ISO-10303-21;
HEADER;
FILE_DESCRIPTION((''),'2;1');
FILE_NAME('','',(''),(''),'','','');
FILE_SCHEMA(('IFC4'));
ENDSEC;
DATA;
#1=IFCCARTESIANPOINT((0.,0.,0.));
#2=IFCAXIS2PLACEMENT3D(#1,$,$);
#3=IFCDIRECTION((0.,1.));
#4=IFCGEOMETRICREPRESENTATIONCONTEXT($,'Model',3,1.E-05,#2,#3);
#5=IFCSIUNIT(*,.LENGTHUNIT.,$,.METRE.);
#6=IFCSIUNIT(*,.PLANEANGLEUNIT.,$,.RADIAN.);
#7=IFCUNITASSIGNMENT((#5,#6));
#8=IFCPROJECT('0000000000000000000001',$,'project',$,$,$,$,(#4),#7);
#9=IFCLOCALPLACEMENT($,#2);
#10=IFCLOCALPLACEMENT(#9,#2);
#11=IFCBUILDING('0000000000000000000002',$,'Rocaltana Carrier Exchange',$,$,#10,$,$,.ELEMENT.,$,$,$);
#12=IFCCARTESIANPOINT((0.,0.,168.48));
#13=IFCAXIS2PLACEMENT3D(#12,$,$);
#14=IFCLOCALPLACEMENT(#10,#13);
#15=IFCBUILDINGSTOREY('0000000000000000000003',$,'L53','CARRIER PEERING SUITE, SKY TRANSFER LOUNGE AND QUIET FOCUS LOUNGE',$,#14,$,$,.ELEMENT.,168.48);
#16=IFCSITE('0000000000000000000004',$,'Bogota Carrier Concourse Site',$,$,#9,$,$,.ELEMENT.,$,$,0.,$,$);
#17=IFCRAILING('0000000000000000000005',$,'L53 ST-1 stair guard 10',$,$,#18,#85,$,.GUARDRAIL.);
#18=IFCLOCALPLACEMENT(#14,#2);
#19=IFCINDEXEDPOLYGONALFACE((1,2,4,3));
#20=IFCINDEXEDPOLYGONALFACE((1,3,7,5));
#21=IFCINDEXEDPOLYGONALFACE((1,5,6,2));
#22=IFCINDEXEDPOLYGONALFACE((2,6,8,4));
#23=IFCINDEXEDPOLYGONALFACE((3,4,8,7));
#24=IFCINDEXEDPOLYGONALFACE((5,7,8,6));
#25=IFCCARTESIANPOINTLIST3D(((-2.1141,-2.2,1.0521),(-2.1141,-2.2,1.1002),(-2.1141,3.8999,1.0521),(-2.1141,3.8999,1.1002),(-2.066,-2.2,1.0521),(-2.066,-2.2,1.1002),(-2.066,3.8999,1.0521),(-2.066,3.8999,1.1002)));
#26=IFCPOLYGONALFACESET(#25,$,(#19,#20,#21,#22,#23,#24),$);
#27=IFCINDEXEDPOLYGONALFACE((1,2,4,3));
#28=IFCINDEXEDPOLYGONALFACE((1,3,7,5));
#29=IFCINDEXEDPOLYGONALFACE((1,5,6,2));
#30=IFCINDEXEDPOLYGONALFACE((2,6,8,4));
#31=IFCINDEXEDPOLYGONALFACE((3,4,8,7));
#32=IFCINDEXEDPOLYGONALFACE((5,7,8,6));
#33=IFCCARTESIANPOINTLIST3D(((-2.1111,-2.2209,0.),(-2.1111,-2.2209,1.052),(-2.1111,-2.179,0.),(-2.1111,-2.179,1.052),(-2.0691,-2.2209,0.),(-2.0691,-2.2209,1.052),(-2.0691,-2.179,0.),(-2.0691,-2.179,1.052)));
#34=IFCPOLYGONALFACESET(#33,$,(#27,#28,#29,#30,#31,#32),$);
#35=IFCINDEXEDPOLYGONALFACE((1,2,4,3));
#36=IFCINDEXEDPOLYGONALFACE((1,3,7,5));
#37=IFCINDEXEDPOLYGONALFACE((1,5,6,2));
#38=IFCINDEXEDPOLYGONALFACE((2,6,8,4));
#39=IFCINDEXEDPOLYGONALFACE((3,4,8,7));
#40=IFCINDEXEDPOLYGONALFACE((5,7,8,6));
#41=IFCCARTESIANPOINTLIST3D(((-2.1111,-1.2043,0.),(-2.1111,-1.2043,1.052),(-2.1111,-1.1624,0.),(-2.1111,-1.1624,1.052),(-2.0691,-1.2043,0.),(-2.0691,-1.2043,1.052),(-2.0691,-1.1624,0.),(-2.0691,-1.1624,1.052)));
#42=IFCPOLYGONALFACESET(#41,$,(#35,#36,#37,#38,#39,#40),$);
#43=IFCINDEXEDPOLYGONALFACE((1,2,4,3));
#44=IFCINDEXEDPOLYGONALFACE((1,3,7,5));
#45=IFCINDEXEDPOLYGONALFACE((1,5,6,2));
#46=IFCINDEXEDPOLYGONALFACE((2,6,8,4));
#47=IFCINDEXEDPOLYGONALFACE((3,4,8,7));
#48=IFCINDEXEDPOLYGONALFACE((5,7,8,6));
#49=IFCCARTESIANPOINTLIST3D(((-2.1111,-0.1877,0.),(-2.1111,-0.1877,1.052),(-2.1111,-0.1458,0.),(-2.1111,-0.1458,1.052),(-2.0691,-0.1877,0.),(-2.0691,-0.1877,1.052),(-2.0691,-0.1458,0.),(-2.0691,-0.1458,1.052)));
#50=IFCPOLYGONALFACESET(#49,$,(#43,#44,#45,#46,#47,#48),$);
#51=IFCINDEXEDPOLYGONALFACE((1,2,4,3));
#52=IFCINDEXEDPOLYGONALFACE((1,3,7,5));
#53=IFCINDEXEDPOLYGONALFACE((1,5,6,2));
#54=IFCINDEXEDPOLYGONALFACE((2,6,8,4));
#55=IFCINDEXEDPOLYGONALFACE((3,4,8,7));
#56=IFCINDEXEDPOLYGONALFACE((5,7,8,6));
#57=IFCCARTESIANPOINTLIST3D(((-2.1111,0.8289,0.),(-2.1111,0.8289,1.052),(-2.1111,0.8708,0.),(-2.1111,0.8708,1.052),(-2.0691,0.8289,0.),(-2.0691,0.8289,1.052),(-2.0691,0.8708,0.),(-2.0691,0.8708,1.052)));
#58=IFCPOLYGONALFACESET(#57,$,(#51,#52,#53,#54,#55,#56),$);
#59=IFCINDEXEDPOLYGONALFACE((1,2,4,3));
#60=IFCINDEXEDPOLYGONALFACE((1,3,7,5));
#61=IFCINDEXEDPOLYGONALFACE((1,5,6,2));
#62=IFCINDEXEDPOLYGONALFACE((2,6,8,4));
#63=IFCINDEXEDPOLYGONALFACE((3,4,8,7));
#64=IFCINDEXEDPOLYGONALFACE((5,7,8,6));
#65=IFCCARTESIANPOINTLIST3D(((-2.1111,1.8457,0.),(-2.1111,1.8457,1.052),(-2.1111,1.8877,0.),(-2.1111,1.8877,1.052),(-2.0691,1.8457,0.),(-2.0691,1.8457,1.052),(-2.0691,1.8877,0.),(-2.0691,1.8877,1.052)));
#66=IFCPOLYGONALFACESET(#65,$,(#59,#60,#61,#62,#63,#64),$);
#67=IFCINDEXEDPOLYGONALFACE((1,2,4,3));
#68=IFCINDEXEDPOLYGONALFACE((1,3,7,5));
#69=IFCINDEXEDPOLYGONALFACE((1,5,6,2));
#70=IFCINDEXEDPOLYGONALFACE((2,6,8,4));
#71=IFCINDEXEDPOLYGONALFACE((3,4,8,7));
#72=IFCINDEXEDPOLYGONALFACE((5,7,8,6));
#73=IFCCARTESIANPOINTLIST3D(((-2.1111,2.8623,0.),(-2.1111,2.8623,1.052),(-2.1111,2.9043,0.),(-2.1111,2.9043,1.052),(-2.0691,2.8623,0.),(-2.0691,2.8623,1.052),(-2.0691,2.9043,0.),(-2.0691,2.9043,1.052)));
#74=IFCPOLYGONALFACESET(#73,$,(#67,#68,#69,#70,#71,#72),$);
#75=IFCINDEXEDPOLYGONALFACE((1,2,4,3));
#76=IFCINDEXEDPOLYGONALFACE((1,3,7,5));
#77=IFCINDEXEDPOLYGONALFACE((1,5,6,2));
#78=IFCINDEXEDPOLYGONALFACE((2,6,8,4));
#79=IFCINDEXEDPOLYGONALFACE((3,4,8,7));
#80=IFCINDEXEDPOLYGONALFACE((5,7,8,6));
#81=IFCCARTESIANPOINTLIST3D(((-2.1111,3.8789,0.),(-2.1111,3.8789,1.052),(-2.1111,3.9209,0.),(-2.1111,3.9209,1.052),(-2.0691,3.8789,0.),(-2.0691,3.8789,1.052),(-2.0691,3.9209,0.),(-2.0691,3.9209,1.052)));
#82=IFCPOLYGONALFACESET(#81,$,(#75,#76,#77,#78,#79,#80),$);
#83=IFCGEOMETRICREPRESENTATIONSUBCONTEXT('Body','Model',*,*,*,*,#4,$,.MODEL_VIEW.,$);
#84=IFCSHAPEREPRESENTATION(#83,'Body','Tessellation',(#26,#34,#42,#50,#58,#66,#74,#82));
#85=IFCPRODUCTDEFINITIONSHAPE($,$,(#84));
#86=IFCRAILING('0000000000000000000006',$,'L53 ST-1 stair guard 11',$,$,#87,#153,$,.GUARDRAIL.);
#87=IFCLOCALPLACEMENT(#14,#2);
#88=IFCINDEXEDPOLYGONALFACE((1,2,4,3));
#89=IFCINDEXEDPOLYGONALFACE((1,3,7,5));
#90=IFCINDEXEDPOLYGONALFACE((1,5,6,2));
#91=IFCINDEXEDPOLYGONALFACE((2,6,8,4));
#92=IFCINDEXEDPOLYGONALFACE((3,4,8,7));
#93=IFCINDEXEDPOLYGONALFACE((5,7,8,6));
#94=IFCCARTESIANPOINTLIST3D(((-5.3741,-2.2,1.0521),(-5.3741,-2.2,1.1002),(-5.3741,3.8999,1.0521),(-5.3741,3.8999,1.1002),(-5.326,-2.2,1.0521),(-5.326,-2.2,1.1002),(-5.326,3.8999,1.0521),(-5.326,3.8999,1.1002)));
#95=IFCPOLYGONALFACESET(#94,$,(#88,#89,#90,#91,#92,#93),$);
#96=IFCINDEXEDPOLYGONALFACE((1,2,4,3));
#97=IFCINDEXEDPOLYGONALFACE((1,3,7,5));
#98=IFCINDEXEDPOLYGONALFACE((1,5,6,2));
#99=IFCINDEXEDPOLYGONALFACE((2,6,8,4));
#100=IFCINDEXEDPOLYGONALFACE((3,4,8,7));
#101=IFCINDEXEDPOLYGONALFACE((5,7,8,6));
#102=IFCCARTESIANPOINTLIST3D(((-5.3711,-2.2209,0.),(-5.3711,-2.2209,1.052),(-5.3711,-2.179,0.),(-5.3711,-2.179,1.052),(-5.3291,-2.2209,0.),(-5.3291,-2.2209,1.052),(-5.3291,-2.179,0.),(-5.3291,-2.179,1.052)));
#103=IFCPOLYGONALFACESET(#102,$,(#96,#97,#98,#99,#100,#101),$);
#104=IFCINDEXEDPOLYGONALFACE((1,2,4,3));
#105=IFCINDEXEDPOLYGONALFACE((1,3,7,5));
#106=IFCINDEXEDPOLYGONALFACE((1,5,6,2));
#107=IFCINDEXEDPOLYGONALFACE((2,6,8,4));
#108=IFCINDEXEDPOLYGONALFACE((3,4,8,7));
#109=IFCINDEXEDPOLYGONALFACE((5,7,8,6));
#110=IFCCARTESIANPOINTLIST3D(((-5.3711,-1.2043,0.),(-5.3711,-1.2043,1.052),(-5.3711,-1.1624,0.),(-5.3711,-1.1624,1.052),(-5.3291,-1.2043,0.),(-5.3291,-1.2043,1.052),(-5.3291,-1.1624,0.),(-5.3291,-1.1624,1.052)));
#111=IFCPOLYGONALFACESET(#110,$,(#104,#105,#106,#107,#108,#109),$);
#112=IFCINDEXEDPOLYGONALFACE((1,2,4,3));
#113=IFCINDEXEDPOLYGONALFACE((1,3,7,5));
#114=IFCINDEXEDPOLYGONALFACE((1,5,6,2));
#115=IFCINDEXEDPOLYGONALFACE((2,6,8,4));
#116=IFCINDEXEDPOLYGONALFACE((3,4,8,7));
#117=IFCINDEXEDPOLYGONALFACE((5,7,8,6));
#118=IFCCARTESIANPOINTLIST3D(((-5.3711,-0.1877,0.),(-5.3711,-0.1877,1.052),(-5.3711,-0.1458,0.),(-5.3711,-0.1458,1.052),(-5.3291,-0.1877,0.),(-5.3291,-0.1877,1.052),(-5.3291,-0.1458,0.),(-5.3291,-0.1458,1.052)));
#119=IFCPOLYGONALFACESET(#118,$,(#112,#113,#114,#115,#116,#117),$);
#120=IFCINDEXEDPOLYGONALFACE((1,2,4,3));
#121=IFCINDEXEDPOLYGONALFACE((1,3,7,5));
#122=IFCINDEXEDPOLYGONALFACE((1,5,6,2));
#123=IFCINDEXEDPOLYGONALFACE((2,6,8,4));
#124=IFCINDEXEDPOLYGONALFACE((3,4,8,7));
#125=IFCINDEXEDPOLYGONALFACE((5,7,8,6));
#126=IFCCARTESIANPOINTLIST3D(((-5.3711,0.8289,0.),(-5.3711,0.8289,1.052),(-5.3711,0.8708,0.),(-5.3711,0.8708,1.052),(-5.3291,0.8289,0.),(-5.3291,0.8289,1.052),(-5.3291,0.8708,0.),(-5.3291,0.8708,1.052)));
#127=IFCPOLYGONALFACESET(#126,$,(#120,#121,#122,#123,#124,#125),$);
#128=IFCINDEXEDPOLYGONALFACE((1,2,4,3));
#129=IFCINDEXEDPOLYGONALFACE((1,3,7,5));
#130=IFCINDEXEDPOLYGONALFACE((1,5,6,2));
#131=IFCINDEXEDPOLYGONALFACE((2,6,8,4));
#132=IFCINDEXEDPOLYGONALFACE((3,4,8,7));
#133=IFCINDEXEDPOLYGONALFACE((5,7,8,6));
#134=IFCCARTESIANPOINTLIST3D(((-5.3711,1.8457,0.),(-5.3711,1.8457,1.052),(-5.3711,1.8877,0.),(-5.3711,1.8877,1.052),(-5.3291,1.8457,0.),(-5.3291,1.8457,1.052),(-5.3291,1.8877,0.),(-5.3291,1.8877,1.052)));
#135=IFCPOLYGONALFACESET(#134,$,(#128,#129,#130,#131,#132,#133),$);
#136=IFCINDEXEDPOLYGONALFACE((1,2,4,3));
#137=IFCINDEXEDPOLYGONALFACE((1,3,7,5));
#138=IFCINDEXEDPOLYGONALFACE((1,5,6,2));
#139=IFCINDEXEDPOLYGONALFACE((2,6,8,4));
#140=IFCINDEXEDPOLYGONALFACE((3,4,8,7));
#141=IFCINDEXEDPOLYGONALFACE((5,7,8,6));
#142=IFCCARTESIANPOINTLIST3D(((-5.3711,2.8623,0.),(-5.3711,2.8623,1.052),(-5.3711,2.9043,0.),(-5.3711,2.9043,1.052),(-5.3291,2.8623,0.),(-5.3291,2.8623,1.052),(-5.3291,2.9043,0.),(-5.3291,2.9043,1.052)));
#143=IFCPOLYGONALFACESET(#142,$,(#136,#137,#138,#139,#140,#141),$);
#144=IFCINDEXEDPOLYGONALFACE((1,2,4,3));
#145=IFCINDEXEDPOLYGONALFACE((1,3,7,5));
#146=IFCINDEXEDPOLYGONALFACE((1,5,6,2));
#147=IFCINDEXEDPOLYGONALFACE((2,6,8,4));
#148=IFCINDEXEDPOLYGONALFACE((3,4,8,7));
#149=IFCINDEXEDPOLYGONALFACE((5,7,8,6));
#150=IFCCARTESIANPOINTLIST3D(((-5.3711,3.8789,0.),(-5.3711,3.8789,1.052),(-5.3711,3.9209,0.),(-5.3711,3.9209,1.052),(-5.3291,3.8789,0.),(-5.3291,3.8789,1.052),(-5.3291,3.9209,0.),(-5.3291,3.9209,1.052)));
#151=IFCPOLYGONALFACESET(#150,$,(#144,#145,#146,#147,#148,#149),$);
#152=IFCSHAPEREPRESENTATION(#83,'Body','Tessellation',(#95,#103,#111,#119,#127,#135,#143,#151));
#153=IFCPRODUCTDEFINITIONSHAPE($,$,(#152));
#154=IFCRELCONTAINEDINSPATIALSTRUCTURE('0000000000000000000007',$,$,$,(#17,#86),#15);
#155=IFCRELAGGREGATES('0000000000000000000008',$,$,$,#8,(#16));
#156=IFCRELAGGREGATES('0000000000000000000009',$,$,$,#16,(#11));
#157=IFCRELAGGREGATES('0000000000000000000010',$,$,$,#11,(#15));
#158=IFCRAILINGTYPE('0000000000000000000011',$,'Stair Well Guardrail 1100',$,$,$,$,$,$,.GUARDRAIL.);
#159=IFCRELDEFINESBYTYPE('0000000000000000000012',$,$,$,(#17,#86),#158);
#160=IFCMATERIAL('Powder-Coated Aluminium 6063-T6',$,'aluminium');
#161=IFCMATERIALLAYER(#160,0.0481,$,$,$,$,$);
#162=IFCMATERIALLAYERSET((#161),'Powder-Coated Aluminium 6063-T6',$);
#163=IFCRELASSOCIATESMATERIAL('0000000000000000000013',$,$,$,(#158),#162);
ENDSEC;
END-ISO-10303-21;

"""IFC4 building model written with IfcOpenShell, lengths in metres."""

from ifc_helpers import new_model, si_unit, direction, frame, origin, origin_2d, place, context, subcontext, project, spatial, rectangle, extrude, material, layer, layer_set, type_object, element, save


model = new_model("IFC4")

# Units and contexts
model_context = context("Model", 3, precision=1e-05, world=origin(), true_north=direction((0.0, 1.0)))
body_context = subcontext(model_context, "Body", "Model", "MODEL_VIEW")
ifc_project = project(units=[si_unit("LENGTHUNIT", "METRE"), si_unit("PLANEANGLEUNIT", "RADIAN")], contexts=[model_context])

# Site, building, storey
site_placement = place(None, origin())
site = spatial("IfcSite", under=ifc_project, at=site_placement, Name="Bogota Carrier Concourse Site", CompositionType="ELEMENT", RefElevation=0.0)
building_placement = place(site_placement, origin())
building = spatial("IfcBuilding", under=site, at=building_placement, Name="Rocaltana Carrier Exchange", CompositionType="ELEMENT")
storey_placement = place(building_placement, frame((0.0, 0.0, 168.48)))
storey = spatial("IfcBuildingStorey", under=building, at=storey_placement, Name="L53", Description="CARRIER PEERING SUITE, SKY TRANSFER LOUNGE AND QUIET FOCUS LOUNGE", CompositionType="ELEMENT", Elevation=168.48)

# Railings
ifc_material_1 = material(Name="Powder-Coated Aluminium 6063-T6", Category="aluminium")
ifc_layer_1 = layer(ifc_material_1, 0.0481)
ifc_layer_set_1 = layer_set([ifc_layer_1], Name="Powder-Coated Aluminium 6063-T6")
railing_type_1 = type_object("IfcRailingType", Name="Stair Well Guardrail 1100", PredefinedType="GUARDRAIL", material=ifc_layer_set_1)
for number, where, name in (
    (1, (-2.0901, -2.2, 0.0), "L53 ST-1 stair guard 10"),
    (2, (-5.3501, -2.2, 0.0), "L53 ST-1 stair guard 11"),
):
    element("IfcRailing", number, at=place(storey_placement, frame(where)), inside=storey, type_object=railing_type_1, Name=name, PredefinedType="GUARDRAIL", context=body_context, shape_type="SweptSolid", body=[
        extrude(rectangle(XDim=0.0481, YDim=0.0481, at=origin_2d()), frame((0.0, 0.0, 1.0762), z_axis=(0.0, 1.0, 0.0), x_axis=(-1.0, 0.0, 0.0)), (0.0, 0.0, 1.0), 6.0999),
        extrude(rectangle(XDim=0.042, YDim=0.042, at=origin_2d()), origin(), (0.0, 0.0, 1.0), 1.052),
        extrude(rectangle(XDim=0.042, YDim=0.042, at=origin_2d()), frame((0.0, 1.0166, 0.0)), (0.0, 0.0, 1.0), 1.052),
        extrude(rectangle(XDim=0.042, YDim=0.042, at=origin_2d()), frame((0.0, 2.0332, 0.0)), (0.0, 0.0, 1.0), 1.052),
        extrude(rectangle(XDim=0.042, YDim=0.042, at=origin_2d()), frame((0.0, 3.0498, 0.0)), (0.0, 0.0, 1.0), 1.052),
        extrude(rectangle(XDim=0.042, YDim=0.042, at=origin_2d()), frame((0.0, 4.0667, 0.0)), (0.0, 0.0, 1.0), 1.052),
        extrude(rectangle(XDim=0.042, YDim=0.042, at=origin_2d()), frame((0.0, 5.0833, 0.0)), (0.0, 0.0, 1.0), 1.052),
        extrude(rectangle(XDim=0.042, YDim=0.042, at=origin_2d()), frame((0.0, 6.0999, 0.0)), (0.0, 0.0, 1.0), 1.052),
    ])

save(model, "model.ifc")
